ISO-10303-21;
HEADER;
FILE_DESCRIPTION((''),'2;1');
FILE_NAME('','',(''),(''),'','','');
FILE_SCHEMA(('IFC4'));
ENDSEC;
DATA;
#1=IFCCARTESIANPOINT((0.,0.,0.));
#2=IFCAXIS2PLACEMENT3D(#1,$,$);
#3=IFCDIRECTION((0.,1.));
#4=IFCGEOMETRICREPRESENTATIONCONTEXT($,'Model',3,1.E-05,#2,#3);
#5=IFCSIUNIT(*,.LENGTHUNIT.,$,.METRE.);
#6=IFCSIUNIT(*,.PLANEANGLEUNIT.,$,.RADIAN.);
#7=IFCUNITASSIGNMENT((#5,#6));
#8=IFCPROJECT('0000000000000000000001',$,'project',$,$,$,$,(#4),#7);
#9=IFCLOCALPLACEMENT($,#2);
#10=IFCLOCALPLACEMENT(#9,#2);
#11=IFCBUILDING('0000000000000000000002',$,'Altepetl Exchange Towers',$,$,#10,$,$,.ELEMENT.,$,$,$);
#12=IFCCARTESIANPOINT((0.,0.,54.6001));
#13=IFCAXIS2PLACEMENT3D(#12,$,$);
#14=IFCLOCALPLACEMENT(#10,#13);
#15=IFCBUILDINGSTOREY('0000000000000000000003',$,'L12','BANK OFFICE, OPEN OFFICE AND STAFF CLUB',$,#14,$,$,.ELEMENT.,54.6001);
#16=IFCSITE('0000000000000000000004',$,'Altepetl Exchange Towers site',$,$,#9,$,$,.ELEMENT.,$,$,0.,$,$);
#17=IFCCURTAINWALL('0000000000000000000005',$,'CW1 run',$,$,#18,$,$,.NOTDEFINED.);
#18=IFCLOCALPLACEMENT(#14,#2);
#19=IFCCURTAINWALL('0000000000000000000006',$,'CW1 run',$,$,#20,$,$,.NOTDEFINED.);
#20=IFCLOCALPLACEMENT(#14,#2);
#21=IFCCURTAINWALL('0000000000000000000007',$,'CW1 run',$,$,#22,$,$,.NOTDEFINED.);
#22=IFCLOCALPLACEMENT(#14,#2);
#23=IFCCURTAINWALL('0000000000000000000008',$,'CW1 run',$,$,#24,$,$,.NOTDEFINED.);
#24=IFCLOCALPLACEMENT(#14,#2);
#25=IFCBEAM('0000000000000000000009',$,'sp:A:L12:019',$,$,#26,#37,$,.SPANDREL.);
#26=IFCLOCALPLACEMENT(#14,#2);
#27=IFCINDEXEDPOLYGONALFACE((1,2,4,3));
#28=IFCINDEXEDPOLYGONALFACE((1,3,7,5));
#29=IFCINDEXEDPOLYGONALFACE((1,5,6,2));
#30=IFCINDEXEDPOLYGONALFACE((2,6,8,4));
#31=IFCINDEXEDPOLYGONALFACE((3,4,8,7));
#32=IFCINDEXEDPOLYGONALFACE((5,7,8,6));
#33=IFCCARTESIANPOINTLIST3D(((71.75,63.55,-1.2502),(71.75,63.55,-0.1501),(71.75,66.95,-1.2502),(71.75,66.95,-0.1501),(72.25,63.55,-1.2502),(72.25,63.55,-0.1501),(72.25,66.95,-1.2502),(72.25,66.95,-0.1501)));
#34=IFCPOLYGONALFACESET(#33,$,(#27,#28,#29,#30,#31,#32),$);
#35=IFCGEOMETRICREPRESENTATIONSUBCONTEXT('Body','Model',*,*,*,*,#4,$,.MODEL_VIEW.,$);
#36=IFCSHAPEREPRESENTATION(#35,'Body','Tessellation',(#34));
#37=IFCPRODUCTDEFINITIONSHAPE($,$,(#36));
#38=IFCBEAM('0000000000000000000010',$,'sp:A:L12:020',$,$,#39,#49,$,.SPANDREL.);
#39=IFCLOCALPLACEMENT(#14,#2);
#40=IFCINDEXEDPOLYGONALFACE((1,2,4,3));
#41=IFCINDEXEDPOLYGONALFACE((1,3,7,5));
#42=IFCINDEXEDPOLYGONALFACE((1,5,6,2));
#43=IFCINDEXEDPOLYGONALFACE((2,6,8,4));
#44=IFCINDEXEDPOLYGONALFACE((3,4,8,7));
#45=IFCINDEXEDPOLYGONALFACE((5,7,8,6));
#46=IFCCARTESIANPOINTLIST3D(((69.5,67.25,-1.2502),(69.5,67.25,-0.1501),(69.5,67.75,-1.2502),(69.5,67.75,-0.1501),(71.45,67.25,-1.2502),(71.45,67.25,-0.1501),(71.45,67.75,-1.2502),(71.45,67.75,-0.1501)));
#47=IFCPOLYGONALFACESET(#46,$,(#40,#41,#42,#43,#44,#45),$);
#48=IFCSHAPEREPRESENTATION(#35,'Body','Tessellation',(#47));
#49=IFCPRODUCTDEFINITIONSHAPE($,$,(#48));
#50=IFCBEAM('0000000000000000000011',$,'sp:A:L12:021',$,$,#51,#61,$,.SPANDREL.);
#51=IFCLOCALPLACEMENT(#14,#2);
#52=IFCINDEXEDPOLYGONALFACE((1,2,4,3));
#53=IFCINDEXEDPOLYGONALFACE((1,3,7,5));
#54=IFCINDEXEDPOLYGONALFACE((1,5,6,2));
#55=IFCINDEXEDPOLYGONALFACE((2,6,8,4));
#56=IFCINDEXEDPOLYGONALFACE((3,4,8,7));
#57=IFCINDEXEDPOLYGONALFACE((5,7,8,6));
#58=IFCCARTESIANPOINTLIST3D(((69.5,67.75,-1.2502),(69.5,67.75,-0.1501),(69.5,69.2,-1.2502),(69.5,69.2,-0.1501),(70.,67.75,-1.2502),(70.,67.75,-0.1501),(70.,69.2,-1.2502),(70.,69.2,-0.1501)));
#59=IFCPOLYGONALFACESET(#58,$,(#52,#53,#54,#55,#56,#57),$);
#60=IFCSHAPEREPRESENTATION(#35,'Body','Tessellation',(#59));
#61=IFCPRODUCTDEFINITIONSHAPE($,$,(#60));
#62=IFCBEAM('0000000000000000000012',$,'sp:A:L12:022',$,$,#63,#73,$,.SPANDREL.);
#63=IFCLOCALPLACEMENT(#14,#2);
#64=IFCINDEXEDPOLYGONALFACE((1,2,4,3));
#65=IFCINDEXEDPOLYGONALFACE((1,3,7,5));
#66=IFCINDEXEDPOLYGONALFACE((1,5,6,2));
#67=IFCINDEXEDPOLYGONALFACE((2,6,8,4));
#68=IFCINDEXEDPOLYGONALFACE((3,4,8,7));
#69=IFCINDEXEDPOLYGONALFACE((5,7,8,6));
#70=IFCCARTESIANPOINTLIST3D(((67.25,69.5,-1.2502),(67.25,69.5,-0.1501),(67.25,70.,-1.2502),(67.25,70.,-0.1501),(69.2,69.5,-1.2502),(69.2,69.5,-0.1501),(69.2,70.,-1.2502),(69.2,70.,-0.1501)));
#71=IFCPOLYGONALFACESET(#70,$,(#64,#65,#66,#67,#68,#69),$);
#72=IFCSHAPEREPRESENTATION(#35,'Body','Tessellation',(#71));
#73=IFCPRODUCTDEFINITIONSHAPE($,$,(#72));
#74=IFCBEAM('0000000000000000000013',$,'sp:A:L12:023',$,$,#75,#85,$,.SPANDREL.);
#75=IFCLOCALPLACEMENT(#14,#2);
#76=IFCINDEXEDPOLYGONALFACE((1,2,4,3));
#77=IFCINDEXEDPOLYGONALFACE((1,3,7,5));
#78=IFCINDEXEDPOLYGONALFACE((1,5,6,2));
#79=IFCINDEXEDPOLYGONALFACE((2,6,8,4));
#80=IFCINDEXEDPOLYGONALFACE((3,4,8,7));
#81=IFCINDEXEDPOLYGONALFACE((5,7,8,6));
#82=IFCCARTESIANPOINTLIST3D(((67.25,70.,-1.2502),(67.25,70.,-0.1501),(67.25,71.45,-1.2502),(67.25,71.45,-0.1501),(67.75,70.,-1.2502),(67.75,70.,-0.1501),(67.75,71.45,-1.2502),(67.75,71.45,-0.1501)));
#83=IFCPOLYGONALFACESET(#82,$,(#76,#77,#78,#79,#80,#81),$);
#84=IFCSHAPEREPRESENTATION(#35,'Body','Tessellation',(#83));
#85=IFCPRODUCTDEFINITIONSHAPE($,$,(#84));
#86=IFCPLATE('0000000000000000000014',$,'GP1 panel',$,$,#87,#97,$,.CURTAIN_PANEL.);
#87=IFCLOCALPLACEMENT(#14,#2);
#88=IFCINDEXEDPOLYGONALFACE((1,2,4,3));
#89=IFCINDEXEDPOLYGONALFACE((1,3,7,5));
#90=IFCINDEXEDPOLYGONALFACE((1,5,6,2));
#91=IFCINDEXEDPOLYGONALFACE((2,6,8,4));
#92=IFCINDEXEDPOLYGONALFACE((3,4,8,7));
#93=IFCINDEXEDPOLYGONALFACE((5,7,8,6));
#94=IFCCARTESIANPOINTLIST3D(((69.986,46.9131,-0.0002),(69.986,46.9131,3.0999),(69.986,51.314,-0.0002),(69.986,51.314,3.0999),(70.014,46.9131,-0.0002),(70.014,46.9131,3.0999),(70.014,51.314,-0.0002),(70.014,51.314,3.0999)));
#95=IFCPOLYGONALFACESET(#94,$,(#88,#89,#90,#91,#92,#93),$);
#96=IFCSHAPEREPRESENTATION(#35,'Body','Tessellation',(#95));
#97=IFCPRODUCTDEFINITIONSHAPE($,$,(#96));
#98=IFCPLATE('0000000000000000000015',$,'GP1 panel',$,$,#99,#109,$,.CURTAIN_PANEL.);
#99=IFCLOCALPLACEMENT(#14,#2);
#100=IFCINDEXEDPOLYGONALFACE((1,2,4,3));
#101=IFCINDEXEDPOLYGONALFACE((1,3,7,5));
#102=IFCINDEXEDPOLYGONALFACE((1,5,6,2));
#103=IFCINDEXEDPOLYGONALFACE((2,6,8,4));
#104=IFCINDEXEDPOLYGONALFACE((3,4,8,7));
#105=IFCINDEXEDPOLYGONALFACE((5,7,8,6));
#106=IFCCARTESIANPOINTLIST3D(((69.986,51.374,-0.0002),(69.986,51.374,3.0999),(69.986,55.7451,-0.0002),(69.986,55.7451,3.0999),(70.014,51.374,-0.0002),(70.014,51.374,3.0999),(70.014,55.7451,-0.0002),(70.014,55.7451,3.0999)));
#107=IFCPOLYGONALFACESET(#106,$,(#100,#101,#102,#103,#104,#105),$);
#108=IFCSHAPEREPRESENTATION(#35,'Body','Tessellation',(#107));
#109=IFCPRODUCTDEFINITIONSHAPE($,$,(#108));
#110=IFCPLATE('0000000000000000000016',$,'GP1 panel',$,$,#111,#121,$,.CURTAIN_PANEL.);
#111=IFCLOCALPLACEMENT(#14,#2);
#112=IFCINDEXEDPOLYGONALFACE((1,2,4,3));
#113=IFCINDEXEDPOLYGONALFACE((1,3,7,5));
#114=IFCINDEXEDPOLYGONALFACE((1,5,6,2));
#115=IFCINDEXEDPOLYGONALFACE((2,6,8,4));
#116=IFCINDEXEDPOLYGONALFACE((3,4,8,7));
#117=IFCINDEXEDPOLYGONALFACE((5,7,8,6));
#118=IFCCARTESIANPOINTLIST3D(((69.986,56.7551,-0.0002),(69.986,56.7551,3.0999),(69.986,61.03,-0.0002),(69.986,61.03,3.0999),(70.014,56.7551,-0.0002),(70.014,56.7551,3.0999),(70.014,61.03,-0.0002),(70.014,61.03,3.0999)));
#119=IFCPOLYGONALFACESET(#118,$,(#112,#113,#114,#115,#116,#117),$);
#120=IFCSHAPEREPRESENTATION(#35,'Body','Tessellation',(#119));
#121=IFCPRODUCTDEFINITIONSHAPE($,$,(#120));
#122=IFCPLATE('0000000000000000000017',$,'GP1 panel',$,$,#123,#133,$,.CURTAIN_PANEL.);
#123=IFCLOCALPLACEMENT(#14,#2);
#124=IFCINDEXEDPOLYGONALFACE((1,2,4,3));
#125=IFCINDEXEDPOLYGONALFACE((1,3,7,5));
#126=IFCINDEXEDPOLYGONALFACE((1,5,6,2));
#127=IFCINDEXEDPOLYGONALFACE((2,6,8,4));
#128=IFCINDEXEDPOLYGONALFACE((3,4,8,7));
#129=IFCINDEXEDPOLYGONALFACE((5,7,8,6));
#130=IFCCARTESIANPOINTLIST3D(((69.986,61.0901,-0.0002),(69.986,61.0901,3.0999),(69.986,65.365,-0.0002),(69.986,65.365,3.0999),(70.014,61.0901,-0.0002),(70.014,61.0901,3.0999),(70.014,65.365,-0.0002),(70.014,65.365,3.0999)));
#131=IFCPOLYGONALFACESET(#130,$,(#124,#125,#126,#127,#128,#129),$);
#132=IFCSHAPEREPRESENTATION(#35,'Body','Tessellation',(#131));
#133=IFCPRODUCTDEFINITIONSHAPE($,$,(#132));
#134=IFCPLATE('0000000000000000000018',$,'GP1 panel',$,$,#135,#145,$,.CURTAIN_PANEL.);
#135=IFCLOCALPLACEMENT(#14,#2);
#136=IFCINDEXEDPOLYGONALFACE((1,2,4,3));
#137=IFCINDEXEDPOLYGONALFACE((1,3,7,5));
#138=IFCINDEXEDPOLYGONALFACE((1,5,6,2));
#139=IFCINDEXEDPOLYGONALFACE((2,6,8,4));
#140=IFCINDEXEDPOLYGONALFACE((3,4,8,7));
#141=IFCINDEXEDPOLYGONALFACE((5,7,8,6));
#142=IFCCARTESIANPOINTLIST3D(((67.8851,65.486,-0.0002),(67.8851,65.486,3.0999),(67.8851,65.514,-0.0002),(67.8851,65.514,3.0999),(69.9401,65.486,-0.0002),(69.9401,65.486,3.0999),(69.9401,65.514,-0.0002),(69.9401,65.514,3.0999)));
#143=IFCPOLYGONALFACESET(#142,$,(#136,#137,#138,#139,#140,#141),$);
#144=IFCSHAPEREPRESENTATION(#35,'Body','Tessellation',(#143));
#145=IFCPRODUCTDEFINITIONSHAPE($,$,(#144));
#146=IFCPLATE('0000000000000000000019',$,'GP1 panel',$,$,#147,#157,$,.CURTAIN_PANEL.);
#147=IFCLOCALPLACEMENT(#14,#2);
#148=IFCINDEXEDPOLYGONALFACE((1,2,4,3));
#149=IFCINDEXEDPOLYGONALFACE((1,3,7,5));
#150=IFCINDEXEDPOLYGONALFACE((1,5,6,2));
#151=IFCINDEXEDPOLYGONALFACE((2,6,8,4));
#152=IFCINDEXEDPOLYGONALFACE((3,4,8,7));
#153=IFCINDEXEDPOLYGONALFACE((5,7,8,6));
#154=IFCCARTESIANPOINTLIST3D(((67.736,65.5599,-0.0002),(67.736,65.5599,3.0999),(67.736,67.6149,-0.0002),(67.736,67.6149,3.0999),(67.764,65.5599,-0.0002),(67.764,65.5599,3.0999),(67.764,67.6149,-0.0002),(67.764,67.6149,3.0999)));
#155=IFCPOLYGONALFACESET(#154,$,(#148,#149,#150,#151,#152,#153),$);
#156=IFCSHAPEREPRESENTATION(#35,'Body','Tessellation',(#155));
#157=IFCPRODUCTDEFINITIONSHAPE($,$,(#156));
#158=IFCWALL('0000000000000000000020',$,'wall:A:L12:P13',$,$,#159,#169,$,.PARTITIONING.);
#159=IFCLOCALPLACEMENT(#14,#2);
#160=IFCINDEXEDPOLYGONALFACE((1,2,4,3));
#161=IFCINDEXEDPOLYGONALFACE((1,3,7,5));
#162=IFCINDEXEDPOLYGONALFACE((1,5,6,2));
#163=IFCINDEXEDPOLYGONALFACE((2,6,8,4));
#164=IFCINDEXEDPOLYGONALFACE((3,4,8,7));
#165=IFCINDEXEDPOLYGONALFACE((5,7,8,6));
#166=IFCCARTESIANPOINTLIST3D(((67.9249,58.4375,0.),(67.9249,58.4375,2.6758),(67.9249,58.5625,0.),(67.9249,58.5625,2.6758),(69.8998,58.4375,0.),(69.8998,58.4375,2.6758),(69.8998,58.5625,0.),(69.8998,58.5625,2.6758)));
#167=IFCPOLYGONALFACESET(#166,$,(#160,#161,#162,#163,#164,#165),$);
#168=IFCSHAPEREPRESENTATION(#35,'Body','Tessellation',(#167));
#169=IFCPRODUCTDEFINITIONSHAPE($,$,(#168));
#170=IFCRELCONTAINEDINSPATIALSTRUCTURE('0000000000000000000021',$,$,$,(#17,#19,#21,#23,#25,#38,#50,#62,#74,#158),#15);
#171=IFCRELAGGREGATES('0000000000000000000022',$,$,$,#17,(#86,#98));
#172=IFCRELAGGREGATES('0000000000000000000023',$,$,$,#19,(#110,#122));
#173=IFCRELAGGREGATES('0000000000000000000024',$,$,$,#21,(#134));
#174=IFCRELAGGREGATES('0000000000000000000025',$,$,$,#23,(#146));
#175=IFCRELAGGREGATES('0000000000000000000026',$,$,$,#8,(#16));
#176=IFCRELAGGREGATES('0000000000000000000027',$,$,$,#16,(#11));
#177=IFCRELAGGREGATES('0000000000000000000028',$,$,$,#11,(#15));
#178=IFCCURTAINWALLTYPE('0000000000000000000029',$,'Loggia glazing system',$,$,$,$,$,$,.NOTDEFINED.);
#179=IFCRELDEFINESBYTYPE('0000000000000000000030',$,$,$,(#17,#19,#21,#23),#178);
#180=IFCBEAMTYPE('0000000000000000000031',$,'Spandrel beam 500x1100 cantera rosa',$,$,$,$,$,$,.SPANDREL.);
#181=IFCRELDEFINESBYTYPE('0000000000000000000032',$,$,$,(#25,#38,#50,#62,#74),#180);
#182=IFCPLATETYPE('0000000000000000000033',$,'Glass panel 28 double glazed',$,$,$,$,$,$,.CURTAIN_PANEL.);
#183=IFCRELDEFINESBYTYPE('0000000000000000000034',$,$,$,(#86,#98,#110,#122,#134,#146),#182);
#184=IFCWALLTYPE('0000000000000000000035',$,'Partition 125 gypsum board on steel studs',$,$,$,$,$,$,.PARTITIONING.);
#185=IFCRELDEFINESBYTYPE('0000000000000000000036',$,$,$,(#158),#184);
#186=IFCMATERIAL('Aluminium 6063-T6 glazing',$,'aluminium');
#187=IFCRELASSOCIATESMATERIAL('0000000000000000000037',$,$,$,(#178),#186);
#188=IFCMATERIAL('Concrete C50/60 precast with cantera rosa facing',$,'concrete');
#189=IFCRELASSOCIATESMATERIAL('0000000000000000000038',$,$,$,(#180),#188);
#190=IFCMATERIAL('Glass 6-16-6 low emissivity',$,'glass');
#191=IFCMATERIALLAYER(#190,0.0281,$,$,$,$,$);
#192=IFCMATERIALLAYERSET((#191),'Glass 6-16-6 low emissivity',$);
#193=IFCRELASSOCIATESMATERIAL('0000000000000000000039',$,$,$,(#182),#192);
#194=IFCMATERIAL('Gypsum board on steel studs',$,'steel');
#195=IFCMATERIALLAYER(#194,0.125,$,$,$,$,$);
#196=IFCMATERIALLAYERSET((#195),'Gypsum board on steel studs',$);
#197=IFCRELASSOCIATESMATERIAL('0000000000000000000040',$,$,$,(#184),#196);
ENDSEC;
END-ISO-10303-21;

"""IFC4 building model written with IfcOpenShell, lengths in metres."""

from ifc_helpers import new_model, si_unit, direction, frame, frame_2d, origin, origin_2d, place, context, subcontext, project, spatial, rectangle, extrude, material, layer, layer_set, material_profile, profile_set, type_object, element, aggregate, save


model = new_model("IFC4")

# Units and contexts
model_context = context("Model", 3, precision=1e-05, world=origin(), true_north=direction((0.0, 1.0)))
body_context = subcontext(model_context, "Body", "Model", "MODEL_VIEW")
ifc_project = project(units=[si_unit("LENGTHUNIT", "METRE"), si_unit("PLANEANGLEUNIT", "RADIAN")], contexts=[model_context])

# Site, building, storey
site_placement = place(None, origin())
site = spatial("IfcSite", under=ifc_project, at=site_placement, Name="Altepetl Exchange Towers site", CompositionType="ELEMENT", RefElevation=0.0)
building_placement = place(site_placement, origin())
building = spatial("IfcBuilding", under=site, at=building_placement, Name="Altepetl Exchange Towers", CompositionType="ELEMENT")
storey_placement = place(building_placement, frame((0.0, 0.0, 54.6001)))
storey = spatial("IfcBuildingStorey", under=building, at=storey_placement, Name="L12", Description="BANK OFFICE, OPEN OFFICE AND STAFF CLUB", CompositionType="ELEMENT", Elevation=54.6001)

# Curtain walls
ifc_material_1 = material(Name="Aluminium 6063-T6 glazing", Category="aluminium")
curtain_wall_type = type_object("IfcCurtainWallType", Name="Loggia glazing system", PredefinedType="NOTDEFINED", material=ifc_material_1)
curtain_wall_1_placement = place(storey_placement, origin())
curtain_wall_1 = element("IfcCurtainWall", 1, at=curtain_wall_1_placement, inside=storey, type_object=curtain_wall_type, Name="CW1 run", PredefinedType="NOTDEFINED")
curtain_wall_2_placement = place(storey_placement, origin())
curtain_wall_2 = element("IfcCurtainWall", 2, at=curtain_wall_2_placement, inside=storey, type_object=curtain_wall_type, Name="CW1 run", PredefinedType="NOTDEFINED")
curtain_wall_3_placement = place(storey_placement, origin())
curtain_wall_3 = element("IfcCurtainWall", 3, at=curtain_wall_3_placement, inside=storey, type_object=curtain_wall_type, Name="CW1 run", PredefinedType="NOTDEFINED")
curtain_wall_4_placement = place(storey_placement, origin())
curtain_wall_4 = element("IfcCurtainWall", 4, at=curtain_wall_4_placement, inside=storey, type_object=curtain_wall_type, Name="CW1 run", PredefinedType="NOTDEFINED")

# Beams
ifc_material_2 = material(Name="Concrete C50/60 precast with cantera rosa facing", Category="concrete")
ifc_material_profile_1 = material_profile(ifc_material_2, rectangle(XDim=0.5, YDim=1.1001, at=origin_2d()), Name="500 x 1100")
ifc_profile_set_1 = profile_set([ifc_material_profile_1], Name="Concrete C50/60 precast with cantera rosa facing")
beam_type_1 = type_object("IfcBeamType", Name="Spandrel beam 500x1100 cantera rosa", PredefinedType="SPANDREL", material=ifc_profile_set_1)
for number, where, z_axis, x_axis, name in (
    (5, (72.0, 63.55, -0.7002), (0.0, 1.0, 0.0), (-1.0, 0.0, 0.0), "sp:A:L12:019"),
):
    element("IfcBeam", number, at=place(storey_placement, frame(where, z_axis=z_axis, x_axis=x_axis)), inside=storey, type_object=beam_type_1, Name=name, PredefinedType="SPANDREL", context=body_context, shape_type="SweptSolid", body=[
        extrude(rectangle(XDim=0.5, YDim=1.1001, at=origin_2d()), origin(), (0.0, 0.0, 1.0), 3.3999),
    ])
beam_1_placement = place(storey_placement, frame((71.45, 67.5, -0.7002), z_axis=(-1.0, 0.0, 0.0), x_axis=(0.0, -1.0, 0.0)))
element("IfcBeam", 6, at=beam_1_placement, inside=storey, type_object=beam_type_1, Name="sp:A:L12:020", PredefinedType="SPANDREL", context=body_context, shape_type="SweptSolid", body=[
    extrude(rectangle(XDim=0.5, YDim=1.1001, at=origin_2d()), origin(), (0.0, 0.0, 1.0), 1.95),
])
beam_2_placement = place(storey_placement, frame((69.75, 67.75, -0.7002), z_axis=(0.0, 1.0, 0.0), x_axis=(-1.0, 0.0, 0.0)))
element("IfcBeam", 7, at=beam_2_placement, inside=storey, type_object=beam_type_1, Name="sp:A:L12:021", PredefinedType="SPANDREL", context=body_context, shape_type="SweptSolid", body=[
    extrude(rectangle(XDim=0.5, YDim=1.1001, at=origin_2d()), origin(), (0.0, 0.0, 1.0), 1.45),
])
beam_3_placement = place(storey_placement, frame((69.2, 69.75, -0.7002), z_axis=(-1.0, 0.0, 0.0), x_axis=(0.0, -1.0, 0.0)))
element("IfcBeam", 8, at=beam_3_placement, inside=storey, type_object=beam_type_1, Name="sp:A:L12:022", PredefinedType="SPANDREL", context=body_context, shape_type="SweptSolid", body=[
    extrude(rectangle(XDim=0.5, YDim=1.1001, at=origin_2d()), origin(), (0.0, 0.0, 1.0), 1.95),
])
beam_4_placement = place(storey_placement, frame((67.5, 70.0, -0.7002), z_axis=(0.0, 1.0, 0.0), x_axis=(-1.0, 0.0, 0.0)))
element("IfcBeam", 9, at=beam_4_placement, inside=storey, type_object=beam_type_1, Name="sp:A:L12:023", PredefinedType="SPANDREL", context=body_context, shape_type="SweptSolid", body=[
    extrude(rectangle(XDim=0.5, YDim=1.1001, at=origin_2d()), origin(), (0.0, 0.0, 1.0), 1.45),
])

# Plates
ifc_material_3 = material(Name="Glass 6-16-6 low emissivity", Category="glass")
ifc_layer_1 = layer(ifc_material_3, 0.0281)
ifc_layer_set_1 = layer_set([ifc_layer_1], Name="Glass 6-16-6 low emissivity")
plate_type = type_object("IfcPlateType", Name="Glass panel 28 double glazed", PredefinedType="CURTAIN_PANEL", material=ifc_layer_set_1)
plate_1_placement = place(storey_placement, frame((70.0, 49.1135, -0.0002), z_axis=(0.0, 0.0, 1.0), x_axis=(0.0, 1.0, 0.0)))
plate_1 = element("IfcPlate", 10, at=plate_1_placement, type_object=plate_type, Name="GP1 panel", PredefinedType="CURTAIN_PANEL", context=body_context, shape_type="SweptSolid", body=[
    extrude(rectangle(XDim=4.4009, YDim=0.0281, at=origin_2d()), origin(), (0.0, 0.0, 1.0), 3.1001),
])
plate_2_placement = place(storey_placement, frame((70.0, 53.5596, -0.0002), z_axis=(0.0, 0.0, 1.0), x_axis=(0.0, 1.0, 0.0)))
plate_2 = element("IfcPlate", 11, at=plate_2_placement, type_object=plate_type, Name="GP1 panel", PredefinedType="CURTAIN_PANEL", context=body_context, shape_type="SweptSolid", body=[
    extrude(rectangle(XDim=4.3711, YDim=0.0281, at=origin_2d()), origin(), (0.0, 0.0, 1.0), 3.1001),
])
aggregate(curtain_wall_1, [plate_1, plate_2])
plate_3_placement = place(storey_placement, frame((70.0, 58.8926, -0.0002), z_axis=(0.0, 0.0, 1.0), x_axis=(0.0, 1.0, 0.0)))
plate_3 = element("IfcPlate", 12, at=plate_3_placement, type_object=plate_type, Name="GP1 panel", PredefinedType="CURTAIN_PANEL", context=body_context, shape_type="SweptSolid", body=[
    extrude(rectangle(XDim=4.2749, YDim=0.0281, at=origin_2d()), origin(), (0.0, 0.0, 1.0), 3.1001),
])
plate_4_placement = place(storey_placement, frame((70.0, 63.2275, -0.0002), z_axis=(0.0, 0.0, 1.0), x_axis=(0.0, 1.0, 0.0)))
plate_4 = element("IfcPlate", 13, at=plate_4_placement, type_object=plate_type, Name="GP1 panel", PredefinedType="CURTAIN_PANEL", context=body_context, shape_type="SweptSolid", body=[
    extrude(rectangle(XDim=4.2749, YDim=0.0281, at=origin_2d()), origin(), (0.0, 0.0, 1.0), 3.1001),
])
aggregate(curtain_wall_2, [plate_3, plate_4])
plate_5_placement = place(storey_placement, frame((68.9126, 65.5, -0.0002), z_axis=(0.0, 0.0, 1.0), x_axis=(-1.0, 0.0, 0.0)))
plate_5 = element("IfcPlate", 14, at=plate_5_placement, type_object=plate_type, Name="GP1 panel", PredefinedType="CURTAIN_PANEL", context=body_context, shape_type="SweptSolid", body=[
    extrude(rectangle(XDim=2.0549, YDim=0.0281, at=origin_2d()), origin(), (0.0, 0.0, 1.0), 3.1001),
])
aggregate(curtain_wall_3, [plate_5])
plate_6_placement = place(storey_placement, frame((67.75, 66.5874, -0.0002), z_axis=(0.0, 0.0, 1.0), x_axis=(0.0, 1.0, 0.0)))
plate_6 = element("IfcPlate", 15, at=plate_6_placement, type_object=plate_type, Name="GP1 panel", PredefinedType="CURTAIN_PANEL", context=body_context, shape_type="SweptSolid", body=[
    extrude(rectangle(XDim=2.0549, YDim=0.0281, at=origin_2d()), origin(), (0.0, 0.0, 1.0), 3.1001),
])
aggregate(curtain_wall_4, [plate_6])

# Wall
ifc_material_4 = material(Name="Gypsum board on steel studs", Category="steel")
ifc_layer_2 = layer(ifc_material_4, 0.125)
ifc_layer_set_2 = layer_set([ifc_layer_2], Name="Gypsum board on steel studs")
wall_type = type_object("IfcWallType", Name="Partition 125 gypsum board on steel studs", PredefinedType="PARTITIONING", material=ifc_layer_set_2)
wall_placement = place(storey_placement, frame((67.925, 58.5, 0.0)))
element("IfcWall", 16, at=wall_placement, inside=storey, type_object=wall_type, Name="wall:A:L12:P13", PredefinedType="PARTITIONING", context=body_context, shape_type="SweptSolid", body=[
    extrude(rectangle(XDim=1.9749, YDim=0.125, at=frame_2d((0.9873, 0.0))), origin(), (0.0, 0.0, 1.0), 2.6758),
])

save(model, "model.ifc")
